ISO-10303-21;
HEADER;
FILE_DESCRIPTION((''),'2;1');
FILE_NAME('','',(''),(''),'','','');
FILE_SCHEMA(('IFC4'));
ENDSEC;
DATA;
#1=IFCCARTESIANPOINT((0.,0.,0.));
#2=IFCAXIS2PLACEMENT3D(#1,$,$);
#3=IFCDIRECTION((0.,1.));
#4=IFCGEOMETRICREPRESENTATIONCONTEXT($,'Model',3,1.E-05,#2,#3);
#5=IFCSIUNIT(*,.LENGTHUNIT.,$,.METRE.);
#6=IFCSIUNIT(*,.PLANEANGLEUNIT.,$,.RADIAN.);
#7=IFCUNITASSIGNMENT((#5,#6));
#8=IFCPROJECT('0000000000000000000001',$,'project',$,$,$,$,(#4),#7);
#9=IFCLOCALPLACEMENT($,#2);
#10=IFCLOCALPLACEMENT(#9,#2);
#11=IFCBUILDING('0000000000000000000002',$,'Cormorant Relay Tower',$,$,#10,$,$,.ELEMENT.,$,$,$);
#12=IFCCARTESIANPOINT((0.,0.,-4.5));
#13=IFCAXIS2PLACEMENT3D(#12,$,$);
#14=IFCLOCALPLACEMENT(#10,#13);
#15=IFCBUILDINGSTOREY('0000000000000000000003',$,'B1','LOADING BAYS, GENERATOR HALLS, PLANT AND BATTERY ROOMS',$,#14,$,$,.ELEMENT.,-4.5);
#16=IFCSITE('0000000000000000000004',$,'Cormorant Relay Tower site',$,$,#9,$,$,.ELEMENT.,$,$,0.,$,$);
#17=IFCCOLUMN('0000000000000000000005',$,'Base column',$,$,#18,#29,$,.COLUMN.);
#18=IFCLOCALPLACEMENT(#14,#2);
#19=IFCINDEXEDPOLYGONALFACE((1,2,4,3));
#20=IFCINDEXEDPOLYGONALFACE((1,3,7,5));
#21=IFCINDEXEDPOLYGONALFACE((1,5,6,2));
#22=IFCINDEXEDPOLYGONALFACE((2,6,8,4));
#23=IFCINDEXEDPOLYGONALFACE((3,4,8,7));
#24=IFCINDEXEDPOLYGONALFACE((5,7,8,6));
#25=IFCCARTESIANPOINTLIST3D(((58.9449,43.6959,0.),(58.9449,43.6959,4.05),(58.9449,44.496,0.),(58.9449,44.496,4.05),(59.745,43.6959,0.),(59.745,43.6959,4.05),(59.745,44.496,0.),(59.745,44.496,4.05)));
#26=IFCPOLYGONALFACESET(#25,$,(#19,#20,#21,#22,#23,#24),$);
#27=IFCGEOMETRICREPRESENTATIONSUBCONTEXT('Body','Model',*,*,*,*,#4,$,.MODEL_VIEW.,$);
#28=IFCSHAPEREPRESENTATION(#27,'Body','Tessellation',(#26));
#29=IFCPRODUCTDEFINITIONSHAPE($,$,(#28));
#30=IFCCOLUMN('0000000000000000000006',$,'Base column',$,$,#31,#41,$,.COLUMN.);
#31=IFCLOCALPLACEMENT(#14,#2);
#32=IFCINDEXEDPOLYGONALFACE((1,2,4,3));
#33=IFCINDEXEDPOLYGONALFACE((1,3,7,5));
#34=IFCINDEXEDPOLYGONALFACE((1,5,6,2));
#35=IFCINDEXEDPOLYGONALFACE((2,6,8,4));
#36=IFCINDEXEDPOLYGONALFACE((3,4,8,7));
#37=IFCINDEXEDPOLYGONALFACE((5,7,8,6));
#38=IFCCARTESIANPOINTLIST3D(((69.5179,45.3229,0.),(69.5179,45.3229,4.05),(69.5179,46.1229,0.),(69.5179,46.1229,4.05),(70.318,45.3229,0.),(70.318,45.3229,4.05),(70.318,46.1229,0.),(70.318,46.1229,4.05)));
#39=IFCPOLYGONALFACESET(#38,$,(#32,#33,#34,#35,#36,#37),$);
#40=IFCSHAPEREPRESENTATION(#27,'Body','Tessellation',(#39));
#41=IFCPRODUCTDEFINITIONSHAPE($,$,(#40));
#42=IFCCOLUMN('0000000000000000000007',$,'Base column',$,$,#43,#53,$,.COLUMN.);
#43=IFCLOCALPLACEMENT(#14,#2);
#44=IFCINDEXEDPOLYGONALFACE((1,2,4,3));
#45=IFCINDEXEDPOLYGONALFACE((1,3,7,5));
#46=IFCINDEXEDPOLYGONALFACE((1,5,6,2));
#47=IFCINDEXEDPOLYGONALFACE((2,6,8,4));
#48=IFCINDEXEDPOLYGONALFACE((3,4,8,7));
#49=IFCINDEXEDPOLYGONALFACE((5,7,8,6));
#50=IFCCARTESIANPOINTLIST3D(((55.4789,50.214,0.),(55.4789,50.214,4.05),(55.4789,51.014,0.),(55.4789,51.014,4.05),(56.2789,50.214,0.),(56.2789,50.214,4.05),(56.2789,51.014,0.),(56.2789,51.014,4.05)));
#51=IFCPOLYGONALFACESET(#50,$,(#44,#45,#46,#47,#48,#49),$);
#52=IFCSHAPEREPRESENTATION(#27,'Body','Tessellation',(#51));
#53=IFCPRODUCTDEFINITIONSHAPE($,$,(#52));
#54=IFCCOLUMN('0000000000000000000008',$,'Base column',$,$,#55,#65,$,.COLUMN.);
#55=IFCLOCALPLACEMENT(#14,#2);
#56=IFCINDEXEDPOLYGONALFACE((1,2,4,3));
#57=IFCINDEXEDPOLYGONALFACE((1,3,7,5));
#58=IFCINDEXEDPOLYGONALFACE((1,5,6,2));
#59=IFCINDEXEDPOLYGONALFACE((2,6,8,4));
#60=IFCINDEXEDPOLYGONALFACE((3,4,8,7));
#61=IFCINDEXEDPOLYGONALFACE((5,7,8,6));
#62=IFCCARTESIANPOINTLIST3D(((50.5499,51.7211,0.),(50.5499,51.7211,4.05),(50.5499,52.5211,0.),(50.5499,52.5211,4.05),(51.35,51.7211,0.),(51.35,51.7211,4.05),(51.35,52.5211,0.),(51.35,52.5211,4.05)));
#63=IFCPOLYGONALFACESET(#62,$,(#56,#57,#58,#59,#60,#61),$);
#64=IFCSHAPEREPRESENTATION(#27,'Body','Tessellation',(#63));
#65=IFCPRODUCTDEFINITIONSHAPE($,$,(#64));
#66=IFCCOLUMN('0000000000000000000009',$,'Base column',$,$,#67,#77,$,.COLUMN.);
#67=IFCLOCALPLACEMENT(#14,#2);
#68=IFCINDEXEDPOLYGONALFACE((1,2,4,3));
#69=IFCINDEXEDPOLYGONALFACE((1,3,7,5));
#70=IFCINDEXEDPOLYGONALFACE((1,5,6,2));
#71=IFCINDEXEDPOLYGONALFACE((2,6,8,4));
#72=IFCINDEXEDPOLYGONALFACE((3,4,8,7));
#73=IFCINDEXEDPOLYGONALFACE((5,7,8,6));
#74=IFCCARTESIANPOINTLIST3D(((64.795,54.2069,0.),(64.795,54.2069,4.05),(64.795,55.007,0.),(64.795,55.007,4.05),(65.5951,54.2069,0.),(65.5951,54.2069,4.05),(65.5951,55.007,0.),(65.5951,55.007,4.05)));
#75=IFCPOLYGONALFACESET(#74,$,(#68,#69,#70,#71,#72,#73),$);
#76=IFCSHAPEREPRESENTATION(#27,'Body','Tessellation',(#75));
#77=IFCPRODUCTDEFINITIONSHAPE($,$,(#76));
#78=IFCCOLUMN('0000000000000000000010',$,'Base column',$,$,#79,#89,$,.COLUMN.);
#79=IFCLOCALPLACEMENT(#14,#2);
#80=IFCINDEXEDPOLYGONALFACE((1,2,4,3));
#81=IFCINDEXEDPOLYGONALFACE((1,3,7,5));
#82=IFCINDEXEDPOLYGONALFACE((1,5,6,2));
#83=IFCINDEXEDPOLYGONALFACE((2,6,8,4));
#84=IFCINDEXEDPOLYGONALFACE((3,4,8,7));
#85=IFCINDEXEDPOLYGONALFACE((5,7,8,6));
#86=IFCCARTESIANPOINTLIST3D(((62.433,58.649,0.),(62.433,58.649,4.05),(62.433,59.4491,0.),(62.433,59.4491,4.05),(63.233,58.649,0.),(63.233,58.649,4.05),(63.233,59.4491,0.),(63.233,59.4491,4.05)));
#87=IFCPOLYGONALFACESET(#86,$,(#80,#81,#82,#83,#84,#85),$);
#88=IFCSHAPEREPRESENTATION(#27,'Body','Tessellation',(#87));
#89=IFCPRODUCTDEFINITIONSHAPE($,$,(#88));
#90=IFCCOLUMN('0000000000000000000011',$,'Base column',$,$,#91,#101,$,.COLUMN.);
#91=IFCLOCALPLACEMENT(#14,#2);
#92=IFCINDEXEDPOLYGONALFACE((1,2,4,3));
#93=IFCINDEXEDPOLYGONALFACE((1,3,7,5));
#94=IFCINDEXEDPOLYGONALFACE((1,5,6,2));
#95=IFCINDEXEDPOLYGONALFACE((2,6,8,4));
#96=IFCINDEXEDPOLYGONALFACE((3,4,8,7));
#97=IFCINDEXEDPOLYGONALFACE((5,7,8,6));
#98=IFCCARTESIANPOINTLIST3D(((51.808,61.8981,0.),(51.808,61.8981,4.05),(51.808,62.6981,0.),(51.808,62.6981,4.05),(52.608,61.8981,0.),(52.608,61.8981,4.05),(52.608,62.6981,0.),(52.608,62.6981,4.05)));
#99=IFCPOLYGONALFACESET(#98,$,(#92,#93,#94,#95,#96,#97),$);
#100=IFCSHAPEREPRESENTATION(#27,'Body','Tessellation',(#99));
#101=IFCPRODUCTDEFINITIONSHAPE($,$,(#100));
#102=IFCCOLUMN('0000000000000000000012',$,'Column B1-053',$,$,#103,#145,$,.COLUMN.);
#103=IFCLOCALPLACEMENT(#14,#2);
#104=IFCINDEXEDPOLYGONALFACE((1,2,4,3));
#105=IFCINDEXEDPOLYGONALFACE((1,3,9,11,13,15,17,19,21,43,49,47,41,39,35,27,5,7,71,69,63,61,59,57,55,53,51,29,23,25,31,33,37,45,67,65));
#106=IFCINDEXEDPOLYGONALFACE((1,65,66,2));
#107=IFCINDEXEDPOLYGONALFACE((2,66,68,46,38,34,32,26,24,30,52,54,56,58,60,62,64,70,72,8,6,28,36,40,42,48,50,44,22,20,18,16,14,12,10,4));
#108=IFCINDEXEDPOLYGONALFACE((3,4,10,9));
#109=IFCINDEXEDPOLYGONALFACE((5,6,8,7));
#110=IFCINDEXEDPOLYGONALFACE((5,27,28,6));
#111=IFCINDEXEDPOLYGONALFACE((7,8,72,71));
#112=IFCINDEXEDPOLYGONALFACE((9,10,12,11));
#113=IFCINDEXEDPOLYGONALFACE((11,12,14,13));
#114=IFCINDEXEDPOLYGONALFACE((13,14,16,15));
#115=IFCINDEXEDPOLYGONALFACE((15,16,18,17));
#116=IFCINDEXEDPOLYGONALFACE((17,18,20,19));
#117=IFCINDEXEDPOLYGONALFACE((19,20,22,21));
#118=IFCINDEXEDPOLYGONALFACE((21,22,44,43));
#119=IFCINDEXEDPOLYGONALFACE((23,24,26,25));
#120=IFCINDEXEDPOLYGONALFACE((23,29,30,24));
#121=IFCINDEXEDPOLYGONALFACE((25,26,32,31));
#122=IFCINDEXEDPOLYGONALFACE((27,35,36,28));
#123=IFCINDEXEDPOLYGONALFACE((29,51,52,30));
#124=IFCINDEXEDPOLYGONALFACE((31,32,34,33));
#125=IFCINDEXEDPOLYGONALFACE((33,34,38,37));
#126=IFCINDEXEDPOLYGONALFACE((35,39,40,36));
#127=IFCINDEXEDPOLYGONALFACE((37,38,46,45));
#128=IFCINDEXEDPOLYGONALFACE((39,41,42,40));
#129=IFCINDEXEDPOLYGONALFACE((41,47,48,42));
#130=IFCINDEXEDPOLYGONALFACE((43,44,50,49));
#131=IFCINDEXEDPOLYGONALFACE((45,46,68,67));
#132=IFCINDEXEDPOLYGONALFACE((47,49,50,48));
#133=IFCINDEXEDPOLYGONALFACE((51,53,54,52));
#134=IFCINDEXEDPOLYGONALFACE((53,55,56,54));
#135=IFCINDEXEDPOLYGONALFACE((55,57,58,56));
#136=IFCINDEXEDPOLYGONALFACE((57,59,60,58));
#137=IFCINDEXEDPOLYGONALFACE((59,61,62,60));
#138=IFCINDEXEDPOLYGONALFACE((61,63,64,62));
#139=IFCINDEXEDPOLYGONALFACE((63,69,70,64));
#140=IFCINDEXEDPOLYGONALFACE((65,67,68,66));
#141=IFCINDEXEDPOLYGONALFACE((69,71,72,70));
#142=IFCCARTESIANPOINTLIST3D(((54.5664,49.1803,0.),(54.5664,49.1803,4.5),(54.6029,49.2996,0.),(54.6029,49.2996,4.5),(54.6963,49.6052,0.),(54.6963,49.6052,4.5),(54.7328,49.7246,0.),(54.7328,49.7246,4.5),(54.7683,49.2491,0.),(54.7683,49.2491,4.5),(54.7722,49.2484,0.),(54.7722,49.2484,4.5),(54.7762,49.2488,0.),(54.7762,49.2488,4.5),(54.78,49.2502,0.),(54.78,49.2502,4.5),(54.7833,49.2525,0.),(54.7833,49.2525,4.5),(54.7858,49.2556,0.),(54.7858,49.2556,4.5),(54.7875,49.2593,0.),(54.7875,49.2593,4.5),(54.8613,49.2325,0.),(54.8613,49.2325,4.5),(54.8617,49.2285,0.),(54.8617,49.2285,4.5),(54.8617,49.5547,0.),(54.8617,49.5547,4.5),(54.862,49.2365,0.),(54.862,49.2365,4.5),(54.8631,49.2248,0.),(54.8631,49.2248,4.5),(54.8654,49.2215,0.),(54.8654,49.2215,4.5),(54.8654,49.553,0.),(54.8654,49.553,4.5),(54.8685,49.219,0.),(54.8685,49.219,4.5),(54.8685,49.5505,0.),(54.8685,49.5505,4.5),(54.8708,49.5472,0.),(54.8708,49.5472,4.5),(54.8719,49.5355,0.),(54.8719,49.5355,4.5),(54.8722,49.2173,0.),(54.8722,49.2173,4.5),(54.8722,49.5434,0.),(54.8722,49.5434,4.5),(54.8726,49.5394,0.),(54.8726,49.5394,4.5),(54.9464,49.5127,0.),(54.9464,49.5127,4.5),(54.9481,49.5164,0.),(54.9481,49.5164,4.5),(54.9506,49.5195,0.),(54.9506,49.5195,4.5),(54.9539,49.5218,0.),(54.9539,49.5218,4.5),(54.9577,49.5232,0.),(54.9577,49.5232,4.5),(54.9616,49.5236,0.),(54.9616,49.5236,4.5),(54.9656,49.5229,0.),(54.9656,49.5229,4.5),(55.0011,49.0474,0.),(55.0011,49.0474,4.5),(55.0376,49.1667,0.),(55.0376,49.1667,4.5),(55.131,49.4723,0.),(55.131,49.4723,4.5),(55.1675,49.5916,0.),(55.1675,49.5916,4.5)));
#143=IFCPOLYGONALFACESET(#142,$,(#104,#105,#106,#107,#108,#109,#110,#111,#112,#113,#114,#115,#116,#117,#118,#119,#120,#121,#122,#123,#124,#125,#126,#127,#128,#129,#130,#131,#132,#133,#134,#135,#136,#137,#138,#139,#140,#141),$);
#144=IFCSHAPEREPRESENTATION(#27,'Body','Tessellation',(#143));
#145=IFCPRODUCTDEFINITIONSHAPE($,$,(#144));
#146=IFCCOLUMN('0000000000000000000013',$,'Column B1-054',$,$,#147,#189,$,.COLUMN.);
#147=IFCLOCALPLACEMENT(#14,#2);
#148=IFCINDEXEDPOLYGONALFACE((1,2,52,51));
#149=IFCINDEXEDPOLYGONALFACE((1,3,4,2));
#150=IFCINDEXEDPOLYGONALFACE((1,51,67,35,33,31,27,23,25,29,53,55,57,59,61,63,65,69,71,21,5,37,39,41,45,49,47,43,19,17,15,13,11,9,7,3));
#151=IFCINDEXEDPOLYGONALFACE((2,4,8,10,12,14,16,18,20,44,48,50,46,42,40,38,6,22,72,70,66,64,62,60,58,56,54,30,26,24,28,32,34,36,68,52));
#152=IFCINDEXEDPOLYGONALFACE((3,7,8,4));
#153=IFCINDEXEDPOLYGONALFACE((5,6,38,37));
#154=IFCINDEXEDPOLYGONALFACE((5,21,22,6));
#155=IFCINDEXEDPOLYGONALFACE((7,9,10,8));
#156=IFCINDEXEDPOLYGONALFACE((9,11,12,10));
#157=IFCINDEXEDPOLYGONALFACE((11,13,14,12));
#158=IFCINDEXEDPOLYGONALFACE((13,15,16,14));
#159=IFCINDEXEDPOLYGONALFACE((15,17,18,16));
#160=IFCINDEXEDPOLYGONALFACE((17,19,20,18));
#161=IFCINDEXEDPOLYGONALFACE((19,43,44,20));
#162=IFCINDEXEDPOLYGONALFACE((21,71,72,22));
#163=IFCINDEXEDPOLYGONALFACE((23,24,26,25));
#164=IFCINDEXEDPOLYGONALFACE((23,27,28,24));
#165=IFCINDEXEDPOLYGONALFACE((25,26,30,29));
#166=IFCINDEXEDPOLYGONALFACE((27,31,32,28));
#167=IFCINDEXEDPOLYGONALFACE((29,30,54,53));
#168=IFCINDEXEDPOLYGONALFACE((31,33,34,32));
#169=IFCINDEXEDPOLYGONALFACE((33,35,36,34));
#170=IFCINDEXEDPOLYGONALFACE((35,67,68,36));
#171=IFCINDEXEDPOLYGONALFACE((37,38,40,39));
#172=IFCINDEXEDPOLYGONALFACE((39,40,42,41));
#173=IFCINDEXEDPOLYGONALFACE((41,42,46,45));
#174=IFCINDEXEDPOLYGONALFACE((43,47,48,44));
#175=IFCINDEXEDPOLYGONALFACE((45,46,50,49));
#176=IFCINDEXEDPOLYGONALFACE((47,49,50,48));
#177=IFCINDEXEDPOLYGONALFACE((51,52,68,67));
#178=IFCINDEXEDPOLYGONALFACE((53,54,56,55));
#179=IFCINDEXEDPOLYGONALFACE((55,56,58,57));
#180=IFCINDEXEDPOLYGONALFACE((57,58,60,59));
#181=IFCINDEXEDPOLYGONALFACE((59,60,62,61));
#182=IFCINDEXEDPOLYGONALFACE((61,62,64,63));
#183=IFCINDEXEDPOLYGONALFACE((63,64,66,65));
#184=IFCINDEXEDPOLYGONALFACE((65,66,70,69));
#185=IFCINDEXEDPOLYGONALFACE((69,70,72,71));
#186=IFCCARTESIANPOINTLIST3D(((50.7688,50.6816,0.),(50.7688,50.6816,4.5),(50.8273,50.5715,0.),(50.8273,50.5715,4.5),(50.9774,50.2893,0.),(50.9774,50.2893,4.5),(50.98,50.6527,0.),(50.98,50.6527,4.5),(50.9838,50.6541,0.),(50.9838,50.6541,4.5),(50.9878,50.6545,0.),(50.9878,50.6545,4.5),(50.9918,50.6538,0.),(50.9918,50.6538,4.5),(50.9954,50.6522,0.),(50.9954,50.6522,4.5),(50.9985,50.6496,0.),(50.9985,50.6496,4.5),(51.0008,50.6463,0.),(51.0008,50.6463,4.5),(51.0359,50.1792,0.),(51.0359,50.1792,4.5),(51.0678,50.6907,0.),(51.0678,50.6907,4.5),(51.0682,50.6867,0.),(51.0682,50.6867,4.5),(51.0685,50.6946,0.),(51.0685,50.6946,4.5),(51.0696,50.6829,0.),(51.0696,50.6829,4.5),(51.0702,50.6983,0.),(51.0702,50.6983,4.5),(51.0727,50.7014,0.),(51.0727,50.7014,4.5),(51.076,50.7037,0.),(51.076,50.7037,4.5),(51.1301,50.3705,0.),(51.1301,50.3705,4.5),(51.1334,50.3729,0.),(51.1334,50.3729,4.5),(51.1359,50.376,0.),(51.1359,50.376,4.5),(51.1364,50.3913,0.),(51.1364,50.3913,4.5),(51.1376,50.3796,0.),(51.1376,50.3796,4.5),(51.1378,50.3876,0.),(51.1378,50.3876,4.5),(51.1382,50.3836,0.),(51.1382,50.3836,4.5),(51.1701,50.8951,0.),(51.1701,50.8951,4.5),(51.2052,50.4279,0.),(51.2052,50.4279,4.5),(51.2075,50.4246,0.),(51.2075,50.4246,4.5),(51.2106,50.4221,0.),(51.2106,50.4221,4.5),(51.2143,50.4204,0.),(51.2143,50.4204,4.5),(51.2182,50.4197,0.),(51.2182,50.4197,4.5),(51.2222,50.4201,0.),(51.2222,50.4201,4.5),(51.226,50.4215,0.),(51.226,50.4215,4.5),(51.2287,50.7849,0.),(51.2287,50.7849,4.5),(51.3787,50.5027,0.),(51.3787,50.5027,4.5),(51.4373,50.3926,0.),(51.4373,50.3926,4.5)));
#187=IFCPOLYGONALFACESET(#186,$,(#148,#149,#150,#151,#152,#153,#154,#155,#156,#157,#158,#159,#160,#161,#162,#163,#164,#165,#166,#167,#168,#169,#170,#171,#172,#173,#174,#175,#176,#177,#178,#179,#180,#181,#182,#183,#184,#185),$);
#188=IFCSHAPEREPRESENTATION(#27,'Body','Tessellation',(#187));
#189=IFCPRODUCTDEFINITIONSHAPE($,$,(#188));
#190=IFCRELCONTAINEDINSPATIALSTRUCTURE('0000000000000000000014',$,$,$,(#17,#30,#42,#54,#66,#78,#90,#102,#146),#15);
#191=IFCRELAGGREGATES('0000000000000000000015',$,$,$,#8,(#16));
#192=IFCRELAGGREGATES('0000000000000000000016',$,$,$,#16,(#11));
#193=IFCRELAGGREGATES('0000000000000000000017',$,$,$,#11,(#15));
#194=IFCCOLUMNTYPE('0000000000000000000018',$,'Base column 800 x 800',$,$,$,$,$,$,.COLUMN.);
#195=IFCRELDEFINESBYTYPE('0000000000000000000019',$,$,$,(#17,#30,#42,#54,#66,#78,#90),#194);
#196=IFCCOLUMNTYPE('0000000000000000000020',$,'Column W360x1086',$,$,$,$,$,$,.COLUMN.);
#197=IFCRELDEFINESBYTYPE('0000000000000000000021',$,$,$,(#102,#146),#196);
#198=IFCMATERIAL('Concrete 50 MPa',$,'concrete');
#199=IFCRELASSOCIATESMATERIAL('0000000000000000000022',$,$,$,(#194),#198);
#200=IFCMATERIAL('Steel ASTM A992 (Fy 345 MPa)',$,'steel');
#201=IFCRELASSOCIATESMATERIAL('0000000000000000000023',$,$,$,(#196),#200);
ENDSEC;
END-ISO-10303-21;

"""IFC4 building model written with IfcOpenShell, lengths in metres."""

from ifc_helpers import new_model, si_unit, direction, frame, origin, origin_2d, place, context, subcontext, project, spatial, rectangle, i_section, extrude, material, material_profile, profile_set, type_object, element, save


model = new_model("IFC4")

# Units and contexts
model_context = context("Model", 3, precision=1e-05, world=origin(), true_north=direction((0.0, 1.0)))
body_context = subcontext(model_context, "Body", "Model", "MODEL_VIEW")
ifc_project = project(units=[si_unit("LENGTHUNIT", "METRE"), si_unit("PLANEANGLEUNIT", "RADIAN")], contexts=[model_context])

# Site, building, storey
site_placement = place(None, origin())
site = spatial("IfcSite", under=ifc_project, at=site_placement, Name="Cormorant Relay Tower site", CompositionType="ELEMENT", RefElevation=0.0)
building_placement = place(site_placement, origin())
building = spatial("IfcBuilding", under=site, at=building_placement, Name="Cormorant Relay Tower", CompositionType="ELEMENT")
storey_placement = place(building_placement, frame((0.0, 0.0, -4.5)))
storey = spatial("IfcBuildingStorey", under=building, at=storey_placement, Name="B1", Description="LOADING BAYS, GENERATOR HALLS, PLANT AND BATTERY ROOMS", CompositionType="ELEMENT", Elevation=-4.5)

# Columns
ifc_material_1 = material(Name="Concrete 50 MPa", Category="concrete")
ifc_material_profile_1 = material_profile(ifc_material_1, rectangle(XDim=0.8, YDim=0.8, at=origin_2d()), Name="RC 800x800")
ifc_profile_set_1 = profile_set([ifc_material_profile_1], Name="Concrete 50 MPa")
column_type_1 = type_object("IfcColumnType", Name="Base column 800 x 800", PredefinedType="COLUMN", material=ifc_profile_set_1)
for number, where, z_axis, x_axis, name in (
    (1, (59.345, 44.0959, 0.0), (0.0, 0.0, 1.0), (1.0, 0.0, 0.0), "Base column"),
    (2, (69.918, 45.7229, 0.0), (0.0, 0.0, 1.0), (1.0, 0.0, 0.0), "Base column"),
    (3, (55.8789, 50.614, 0.0), (0.0, 0.0, 1.0), (1.0, 0.0, 0.0), "Base column"),
    (4, (50.95, 52.1211, 0.0), (0.0, 0.0, 1.0), (1.0, 0.0, 0.0), "Base column"),
    (5, (65.1951, 54.6069, 0.0), (0.0, 0.0, 1.0), (1.0, 0.0, 0.0), "Base column"),
    (6, (62.833, 59.0491, 0.0), (0.0, 0.0, 1.0), (1.0, 0.0, 0.0), "Base column"),
    (7, (52.208, 62.2981, 0.0), (0.0, 0.0, 1.0), (1.0, 0.0, 0.0), "Base column"),
):
    element("IfcColumn", number, at=place(storey_placement, frame(where, z_axis=z_axis, x_axis=x_axis)), inside=storey, type_object=column_type_1, Name=name, PredefinedType="COLUMN", context=body_context, shape_type="SweptSolid", body=[
        extrude(rectangle(XDim=0.8, YDim=0.8, at=origin_2d()), origin(), (0.0, 0.0, 1.0), 4.05),
    ])
ifc_material_2 = material(Name="Steel ASTM A992 (Fy 345 MPa)", Category="steel")
ifc_material_profile_2 = material_profile(ifc_material_2, i_section(OverallWidth=0.4546, OverallDepth=0.5691, WebThickness=0.0779, FlangeThickness=0.1248, FilletRadius=0.0154, at=origin_2d()), Name="W360x1086")
ifc_profile_set_2 = profile_set([ifc_material_profile_2], Name="Steel ASTM A992 (Fy 345 MPa)")
column_type_2 = type_object("IfcColumnType", Name="Column W360x1086", PredefinedType="COLUMN", material=ifc_profile_set_2)
for number, where, z_axis, x_axis, name in (
    (8, (54.8669, 49.386, 0.0), (0.0, 0.0, 1.0), (-0.956305, 0.292372, 0.0), "Column B1-053"),
    (9, (51.103, 50.5371, 0.0), (0.0, 0.0, 1.0), (-0.882948, -0.469472, 0.0), "Column B1-054"),
):
    element("IfcColumn", number, at=place(storey_placement, frame(where, z_axis=z_axis, x_axis=x_axis)), inside=storey, type_object=column_type_2, Name=name, PredefinedType="COLUMN", context=body_context, shape_type="SweptSolid", body=[
        extrude(i_section(OverallWidth=0.4546, OverallDepth=0.5691, WebThickness=0.0779, FlangeThickness=0.1248, FilletRadius=0.0154, at=origin_2d()), origin(), (0.0, 0.0, 1.0), 4.5),
    ])

save(model, "model.ifc")
